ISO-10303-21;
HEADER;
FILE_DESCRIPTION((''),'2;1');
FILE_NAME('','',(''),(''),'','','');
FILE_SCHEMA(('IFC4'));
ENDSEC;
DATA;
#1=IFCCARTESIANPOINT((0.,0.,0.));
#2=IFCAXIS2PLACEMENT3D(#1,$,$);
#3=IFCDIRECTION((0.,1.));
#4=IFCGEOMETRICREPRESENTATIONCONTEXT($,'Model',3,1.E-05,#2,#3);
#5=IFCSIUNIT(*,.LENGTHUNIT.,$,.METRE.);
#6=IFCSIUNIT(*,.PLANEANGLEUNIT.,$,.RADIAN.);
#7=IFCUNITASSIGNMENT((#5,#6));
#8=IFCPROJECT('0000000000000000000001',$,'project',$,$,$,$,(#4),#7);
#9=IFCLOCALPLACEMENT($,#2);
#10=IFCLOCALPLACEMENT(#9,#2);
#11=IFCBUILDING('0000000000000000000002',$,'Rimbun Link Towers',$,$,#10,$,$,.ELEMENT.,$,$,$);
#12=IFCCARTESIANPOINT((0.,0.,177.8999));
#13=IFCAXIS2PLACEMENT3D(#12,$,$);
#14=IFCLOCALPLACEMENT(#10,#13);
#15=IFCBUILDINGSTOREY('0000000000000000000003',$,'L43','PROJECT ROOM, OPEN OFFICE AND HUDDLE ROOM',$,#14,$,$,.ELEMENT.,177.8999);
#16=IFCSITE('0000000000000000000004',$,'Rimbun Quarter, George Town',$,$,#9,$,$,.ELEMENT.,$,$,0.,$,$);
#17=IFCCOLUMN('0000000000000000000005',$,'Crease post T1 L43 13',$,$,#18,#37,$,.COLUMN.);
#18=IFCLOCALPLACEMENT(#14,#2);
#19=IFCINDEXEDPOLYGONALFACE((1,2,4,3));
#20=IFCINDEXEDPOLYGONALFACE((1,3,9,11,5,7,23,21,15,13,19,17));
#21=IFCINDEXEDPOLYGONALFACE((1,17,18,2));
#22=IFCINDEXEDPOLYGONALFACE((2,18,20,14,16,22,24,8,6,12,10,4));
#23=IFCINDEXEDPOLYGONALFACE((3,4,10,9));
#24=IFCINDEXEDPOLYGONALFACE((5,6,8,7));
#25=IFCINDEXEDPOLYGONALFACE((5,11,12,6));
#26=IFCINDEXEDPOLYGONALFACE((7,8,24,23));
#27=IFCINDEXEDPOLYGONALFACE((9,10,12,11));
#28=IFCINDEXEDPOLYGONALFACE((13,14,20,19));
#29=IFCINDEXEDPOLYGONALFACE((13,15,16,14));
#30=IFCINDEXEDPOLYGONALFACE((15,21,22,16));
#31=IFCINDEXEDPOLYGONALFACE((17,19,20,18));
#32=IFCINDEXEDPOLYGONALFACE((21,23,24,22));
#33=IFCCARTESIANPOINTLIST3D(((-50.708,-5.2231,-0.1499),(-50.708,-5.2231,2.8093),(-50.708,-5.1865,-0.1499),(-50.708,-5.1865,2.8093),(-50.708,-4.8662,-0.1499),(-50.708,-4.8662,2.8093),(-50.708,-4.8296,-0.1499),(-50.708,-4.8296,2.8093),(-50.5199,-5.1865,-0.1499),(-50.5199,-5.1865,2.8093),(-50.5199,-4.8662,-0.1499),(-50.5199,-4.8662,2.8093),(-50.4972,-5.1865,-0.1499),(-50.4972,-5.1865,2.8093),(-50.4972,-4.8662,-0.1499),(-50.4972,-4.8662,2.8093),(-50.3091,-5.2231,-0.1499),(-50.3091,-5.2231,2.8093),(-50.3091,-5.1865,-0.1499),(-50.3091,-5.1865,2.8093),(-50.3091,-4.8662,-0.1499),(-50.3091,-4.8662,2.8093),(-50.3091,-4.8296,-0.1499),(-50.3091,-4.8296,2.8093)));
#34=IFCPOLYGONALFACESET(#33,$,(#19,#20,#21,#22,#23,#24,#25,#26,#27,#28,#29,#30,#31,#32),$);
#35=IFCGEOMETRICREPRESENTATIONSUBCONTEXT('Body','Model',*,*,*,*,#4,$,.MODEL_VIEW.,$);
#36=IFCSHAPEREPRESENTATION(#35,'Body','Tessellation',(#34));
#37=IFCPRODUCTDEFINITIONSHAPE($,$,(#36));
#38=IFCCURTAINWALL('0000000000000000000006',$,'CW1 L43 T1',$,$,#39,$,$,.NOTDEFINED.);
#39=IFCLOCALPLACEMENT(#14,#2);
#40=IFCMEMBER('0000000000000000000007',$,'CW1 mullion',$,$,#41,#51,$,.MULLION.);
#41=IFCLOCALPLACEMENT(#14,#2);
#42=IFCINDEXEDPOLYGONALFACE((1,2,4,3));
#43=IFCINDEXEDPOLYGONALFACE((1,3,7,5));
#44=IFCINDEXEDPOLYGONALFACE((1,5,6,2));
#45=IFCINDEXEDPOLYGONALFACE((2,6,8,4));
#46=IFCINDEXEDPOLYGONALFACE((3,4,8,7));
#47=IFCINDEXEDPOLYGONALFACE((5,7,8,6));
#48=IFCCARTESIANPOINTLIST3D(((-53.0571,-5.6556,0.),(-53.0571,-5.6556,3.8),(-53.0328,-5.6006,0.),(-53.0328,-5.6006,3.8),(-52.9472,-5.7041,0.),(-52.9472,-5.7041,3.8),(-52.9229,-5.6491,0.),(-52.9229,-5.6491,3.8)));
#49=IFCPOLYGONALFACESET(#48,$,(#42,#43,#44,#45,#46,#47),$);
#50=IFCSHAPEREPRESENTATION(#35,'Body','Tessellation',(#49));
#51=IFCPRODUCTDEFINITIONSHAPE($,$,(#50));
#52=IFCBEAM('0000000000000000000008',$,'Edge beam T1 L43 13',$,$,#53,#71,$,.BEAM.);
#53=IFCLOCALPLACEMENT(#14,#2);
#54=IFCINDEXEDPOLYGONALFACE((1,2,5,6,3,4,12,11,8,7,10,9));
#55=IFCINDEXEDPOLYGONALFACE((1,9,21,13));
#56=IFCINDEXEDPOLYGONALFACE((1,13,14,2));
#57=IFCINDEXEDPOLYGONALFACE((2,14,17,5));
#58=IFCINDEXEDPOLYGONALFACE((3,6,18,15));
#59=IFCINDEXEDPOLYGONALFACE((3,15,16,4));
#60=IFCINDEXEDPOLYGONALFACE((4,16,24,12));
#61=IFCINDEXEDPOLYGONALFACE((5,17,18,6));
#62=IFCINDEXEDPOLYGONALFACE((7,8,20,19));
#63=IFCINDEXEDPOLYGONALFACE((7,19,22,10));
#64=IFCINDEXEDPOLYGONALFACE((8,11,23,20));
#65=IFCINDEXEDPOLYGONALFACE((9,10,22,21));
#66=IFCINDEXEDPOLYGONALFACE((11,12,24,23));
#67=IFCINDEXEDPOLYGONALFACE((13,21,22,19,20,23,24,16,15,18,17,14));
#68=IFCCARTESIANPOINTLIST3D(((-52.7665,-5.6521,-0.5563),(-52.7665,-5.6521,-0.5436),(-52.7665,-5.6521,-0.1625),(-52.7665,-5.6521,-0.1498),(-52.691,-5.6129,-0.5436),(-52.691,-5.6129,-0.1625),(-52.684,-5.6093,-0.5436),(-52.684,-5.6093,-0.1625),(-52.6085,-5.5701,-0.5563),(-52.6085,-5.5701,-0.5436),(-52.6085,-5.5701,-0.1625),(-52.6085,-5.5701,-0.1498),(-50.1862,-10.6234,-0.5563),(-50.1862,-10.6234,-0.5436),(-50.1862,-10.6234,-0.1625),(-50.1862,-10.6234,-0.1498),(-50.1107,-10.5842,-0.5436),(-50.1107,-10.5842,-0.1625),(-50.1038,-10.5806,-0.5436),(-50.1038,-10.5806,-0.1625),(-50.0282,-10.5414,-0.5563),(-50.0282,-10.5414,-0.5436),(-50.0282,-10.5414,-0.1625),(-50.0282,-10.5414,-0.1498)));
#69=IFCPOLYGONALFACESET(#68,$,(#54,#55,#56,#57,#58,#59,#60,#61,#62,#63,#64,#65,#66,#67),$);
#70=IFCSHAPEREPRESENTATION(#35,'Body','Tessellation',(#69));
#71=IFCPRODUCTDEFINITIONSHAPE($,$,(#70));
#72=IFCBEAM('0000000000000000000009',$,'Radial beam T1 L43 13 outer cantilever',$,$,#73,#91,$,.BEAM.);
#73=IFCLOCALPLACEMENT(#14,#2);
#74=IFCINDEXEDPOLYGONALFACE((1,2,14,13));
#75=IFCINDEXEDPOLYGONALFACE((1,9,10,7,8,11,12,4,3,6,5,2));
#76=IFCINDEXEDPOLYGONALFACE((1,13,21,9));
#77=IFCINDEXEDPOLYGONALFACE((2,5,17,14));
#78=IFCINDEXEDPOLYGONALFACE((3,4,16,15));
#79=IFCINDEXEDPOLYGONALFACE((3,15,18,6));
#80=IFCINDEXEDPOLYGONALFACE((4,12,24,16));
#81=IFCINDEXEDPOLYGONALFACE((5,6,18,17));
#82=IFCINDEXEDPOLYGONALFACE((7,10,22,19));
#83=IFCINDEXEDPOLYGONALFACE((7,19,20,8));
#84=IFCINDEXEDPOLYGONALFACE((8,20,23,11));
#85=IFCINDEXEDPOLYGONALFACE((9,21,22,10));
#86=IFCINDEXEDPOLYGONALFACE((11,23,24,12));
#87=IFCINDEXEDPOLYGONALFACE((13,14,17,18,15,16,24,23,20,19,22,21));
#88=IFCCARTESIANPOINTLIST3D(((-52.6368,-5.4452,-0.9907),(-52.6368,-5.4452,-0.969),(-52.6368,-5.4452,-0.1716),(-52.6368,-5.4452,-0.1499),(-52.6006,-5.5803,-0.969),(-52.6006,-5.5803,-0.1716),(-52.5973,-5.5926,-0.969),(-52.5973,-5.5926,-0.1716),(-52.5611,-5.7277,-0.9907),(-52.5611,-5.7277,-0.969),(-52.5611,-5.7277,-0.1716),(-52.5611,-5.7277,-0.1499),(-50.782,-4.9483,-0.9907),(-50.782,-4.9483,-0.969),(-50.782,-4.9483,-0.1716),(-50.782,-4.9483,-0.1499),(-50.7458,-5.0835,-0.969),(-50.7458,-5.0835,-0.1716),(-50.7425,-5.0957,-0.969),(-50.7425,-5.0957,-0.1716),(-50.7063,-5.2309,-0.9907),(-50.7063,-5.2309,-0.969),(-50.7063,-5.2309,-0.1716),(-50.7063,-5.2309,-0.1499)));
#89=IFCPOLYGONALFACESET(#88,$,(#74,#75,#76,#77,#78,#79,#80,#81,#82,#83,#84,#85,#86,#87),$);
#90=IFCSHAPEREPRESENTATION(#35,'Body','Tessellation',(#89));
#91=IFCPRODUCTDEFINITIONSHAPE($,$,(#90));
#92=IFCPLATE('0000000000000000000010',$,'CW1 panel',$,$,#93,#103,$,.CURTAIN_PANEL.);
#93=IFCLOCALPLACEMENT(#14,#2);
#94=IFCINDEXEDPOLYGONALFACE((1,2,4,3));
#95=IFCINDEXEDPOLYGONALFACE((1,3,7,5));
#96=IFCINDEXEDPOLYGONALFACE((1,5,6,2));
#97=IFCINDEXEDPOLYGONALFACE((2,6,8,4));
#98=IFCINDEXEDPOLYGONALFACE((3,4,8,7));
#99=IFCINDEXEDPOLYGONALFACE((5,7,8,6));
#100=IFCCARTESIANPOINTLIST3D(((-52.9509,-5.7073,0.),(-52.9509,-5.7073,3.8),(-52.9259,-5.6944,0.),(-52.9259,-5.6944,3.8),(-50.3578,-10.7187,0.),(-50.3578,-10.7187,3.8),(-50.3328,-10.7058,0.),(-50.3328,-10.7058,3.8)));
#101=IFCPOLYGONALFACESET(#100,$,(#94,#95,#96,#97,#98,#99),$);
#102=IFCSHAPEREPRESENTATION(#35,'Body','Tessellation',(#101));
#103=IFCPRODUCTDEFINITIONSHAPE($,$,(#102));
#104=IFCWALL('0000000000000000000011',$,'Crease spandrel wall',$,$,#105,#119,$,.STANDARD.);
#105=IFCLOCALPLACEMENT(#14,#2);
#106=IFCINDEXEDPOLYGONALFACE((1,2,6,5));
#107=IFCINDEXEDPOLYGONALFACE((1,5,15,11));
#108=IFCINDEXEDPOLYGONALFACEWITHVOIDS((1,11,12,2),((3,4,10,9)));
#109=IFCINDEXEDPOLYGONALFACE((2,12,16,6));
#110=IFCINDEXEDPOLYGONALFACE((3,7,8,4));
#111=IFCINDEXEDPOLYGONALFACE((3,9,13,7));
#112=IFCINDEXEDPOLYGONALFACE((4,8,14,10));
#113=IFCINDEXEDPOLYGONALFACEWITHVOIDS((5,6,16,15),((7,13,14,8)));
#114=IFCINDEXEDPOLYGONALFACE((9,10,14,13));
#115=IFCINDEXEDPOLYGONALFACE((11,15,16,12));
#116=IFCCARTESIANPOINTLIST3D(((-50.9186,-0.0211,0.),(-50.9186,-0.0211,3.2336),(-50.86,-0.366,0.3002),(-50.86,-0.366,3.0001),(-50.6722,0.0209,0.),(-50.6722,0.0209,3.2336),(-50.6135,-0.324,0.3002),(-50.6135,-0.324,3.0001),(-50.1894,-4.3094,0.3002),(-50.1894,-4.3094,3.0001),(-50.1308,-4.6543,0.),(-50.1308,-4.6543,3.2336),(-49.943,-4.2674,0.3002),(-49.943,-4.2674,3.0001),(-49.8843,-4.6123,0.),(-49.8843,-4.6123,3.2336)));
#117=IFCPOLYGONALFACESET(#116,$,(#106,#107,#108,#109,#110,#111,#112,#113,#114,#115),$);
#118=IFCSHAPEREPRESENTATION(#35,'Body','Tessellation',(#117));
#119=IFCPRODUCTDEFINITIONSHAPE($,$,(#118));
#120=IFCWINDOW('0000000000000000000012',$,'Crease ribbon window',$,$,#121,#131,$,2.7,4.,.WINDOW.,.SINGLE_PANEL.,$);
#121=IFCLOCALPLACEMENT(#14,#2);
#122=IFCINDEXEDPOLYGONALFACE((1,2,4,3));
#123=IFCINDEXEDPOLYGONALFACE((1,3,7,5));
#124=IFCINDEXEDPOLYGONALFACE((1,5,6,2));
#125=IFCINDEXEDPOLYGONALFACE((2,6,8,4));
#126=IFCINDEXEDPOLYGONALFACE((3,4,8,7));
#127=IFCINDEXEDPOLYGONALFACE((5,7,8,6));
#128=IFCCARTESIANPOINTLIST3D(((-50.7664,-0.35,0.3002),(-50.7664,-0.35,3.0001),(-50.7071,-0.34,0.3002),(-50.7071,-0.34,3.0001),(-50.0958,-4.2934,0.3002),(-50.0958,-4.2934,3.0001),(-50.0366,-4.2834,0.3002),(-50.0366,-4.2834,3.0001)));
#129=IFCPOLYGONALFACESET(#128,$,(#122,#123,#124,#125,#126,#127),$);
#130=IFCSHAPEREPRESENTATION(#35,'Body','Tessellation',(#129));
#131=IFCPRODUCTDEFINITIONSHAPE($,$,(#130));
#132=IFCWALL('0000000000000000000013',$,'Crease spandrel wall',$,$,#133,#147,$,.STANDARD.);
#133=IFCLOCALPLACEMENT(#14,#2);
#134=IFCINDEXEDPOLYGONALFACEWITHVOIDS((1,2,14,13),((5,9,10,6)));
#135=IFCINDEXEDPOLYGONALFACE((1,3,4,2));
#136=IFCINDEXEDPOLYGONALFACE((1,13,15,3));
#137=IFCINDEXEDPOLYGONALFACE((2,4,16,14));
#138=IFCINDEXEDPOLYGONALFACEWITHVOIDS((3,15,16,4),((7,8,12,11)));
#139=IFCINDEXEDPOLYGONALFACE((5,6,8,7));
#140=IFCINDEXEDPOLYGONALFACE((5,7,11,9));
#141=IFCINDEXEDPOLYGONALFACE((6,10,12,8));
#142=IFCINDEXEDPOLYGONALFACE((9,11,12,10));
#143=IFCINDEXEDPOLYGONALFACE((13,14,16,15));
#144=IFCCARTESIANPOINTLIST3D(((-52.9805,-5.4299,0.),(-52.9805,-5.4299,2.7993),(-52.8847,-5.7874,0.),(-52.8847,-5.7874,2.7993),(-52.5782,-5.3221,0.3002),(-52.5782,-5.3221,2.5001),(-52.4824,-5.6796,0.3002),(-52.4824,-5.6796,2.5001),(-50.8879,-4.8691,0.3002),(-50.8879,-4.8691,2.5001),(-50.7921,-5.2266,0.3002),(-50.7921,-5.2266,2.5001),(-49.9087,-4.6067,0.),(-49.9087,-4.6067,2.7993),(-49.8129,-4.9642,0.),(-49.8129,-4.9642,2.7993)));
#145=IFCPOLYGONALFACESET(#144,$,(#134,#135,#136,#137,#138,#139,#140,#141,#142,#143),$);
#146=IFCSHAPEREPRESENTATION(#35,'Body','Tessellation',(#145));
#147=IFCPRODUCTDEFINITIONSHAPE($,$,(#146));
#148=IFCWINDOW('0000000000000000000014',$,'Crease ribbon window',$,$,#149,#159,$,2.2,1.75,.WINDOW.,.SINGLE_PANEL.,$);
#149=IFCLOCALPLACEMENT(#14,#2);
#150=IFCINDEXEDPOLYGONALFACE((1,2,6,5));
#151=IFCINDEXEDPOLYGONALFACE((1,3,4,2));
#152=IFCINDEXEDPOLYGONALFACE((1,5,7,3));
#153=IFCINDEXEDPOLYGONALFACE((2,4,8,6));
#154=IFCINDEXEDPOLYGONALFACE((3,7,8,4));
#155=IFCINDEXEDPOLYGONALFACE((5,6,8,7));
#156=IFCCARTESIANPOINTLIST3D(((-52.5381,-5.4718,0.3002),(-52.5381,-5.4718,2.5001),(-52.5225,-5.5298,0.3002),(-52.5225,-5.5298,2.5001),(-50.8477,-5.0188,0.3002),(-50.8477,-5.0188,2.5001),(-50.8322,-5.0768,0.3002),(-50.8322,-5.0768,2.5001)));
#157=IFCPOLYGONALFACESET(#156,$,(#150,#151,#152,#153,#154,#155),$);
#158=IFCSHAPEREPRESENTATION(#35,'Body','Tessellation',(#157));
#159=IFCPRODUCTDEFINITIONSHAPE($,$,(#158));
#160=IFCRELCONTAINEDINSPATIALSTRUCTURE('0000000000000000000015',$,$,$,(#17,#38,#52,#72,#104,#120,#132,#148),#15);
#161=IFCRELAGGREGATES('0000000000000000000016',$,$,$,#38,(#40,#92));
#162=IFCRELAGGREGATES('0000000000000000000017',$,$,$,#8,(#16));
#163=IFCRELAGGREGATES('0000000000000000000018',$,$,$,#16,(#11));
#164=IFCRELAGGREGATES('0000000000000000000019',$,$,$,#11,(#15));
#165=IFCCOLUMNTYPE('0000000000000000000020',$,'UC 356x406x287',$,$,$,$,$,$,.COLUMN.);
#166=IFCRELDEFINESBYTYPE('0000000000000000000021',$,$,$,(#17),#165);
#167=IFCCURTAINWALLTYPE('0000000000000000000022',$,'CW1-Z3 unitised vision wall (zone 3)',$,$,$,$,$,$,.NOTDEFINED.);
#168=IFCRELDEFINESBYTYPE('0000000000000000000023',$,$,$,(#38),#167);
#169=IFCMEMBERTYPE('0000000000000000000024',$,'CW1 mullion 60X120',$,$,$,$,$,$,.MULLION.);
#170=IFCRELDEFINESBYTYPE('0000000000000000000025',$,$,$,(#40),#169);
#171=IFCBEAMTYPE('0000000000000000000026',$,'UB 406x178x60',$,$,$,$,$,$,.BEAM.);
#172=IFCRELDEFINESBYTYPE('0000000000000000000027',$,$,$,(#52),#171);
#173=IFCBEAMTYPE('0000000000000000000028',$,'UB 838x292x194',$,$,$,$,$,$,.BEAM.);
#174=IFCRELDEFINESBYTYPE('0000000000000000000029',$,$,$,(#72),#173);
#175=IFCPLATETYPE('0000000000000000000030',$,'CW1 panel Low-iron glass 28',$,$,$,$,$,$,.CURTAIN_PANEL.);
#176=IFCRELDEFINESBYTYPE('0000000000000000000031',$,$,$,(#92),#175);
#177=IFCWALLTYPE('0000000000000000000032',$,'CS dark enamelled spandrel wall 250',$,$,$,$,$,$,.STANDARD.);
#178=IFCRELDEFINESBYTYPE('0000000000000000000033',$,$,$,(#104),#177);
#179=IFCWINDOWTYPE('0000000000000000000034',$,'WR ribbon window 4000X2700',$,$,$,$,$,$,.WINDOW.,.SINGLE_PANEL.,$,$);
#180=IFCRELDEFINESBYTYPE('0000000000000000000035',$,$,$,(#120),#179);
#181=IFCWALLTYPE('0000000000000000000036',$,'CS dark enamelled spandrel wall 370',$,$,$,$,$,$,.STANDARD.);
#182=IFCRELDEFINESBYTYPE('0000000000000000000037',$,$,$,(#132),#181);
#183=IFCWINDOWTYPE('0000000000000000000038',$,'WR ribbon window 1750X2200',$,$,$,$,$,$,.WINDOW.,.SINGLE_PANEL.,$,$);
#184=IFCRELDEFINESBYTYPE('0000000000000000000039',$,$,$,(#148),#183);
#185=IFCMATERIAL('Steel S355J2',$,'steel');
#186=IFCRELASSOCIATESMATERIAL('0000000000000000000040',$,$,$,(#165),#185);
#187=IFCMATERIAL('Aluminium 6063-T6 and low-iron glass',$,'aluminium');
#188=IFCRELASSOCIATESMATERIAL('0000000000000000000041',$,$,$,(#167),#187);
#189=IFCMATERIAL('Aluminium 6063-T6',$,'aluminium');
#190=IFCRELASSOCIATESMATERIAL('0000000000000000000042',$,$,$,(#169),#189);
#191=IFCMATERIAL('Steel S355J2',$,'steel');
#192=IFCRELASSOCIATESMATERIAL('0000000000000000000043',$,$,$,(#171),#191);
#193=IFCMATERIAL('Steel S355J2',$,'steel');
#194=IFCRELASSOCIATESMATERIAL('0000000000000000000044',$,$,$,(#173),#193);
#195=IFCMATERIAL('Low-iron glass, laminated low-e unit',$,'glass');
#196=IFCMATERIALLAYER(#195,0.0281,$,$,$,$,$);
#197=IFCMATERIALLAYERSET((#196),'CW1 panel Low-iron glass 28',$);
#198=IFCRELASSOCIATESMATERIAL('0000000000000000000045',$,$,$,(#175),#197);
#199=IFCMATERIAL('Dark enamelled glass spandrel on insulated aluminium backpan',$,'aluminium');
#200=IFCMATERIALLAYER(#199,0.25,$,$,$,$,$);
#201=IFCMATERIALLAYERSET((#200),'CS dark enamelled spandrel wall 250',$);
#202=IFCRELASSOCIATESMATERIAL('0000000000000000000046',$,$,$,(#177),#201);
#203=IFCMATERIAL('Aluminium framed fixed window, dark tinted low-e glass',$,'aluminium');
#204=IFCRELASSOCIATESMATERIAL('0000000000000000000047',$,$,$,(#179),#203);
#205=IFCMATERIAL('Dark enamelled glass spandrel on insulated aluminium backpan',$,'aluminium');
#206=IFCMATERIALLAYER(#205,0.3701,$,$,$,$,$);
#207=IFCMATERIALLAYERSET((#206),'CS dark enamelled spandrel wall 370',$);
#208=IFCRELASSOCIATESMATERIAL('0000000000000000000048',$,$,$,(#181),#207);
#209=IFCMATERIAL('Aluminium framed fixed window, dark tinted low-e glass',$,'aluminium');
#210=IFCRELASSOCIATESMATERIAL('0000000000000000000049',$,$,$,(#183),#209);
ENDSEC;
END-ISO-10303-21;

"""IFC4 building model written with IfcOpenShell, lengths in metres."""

from ifc_helpers import new_model, si_unit, direction, frame, frame_2d, origin, origin_2d, place, context, subcontext, project, spatial, rectangle, i_section, extrude, material, layer, layer_set, material_profile, profile_set, type_object, element, fill, aggregate, save


model = new_model("IFC4")

# Units and contexts
model_context = context("Model", 3, precision=1e-05, world=origin(), true_north=direction((0.0, 1.0)))
body_context = subcontext(model_context, "Body", "Model", "MODEL_VIEW")
ifc_project = project(units=[si_unit("LENGTHUNIT", "METRE"), si_unit("PLANEANGLEUNIT", "RADIAN")], contexts=[model_context])

# Site, building, storey
site_placement = place(None, origin())
site = spatial("IfcSite", under=ifc_project, at=site_placement, Name="Rimbun Quarter, George Town", CompositionType="ELEMENT", RefElevation=0.0)
building_placement = place(site_placement, origin())
building = spatial("IfcBuilding", under=site, at=building_placement, Name="Rimbun Link Towers", CompositionType="ELEMENT")
storey_placement = place(building_placement, frame((0.0, 0.0, 177.8999)))
storey = spatial("IfcBuildingStorey", under=building, at=storey_placement, Name="L43", Description="PROJECT ROOM, OPEN OFFICE AND HUDDLE ROOM", CompositionType="ELEMENT", Elevation=177.8999)

# Column
ifc_material_1 = material(Name="Steel S355J2", Category="steel")
ifc_material_profile_1 = material_profile(ifc_material_1, i_section(OverallWidth=0.3989, OverallDepth=0.3936, WebThickness=0.0227, FlangeThickness=0.0366, at=origin_2d()), Name="UC 356x406x287")
ifc_profile_set_1 = profile_set([ifc_material_profile_1], Name="Steel S355J2")
column_type = type_object("IfcColumnType", Name="UC 356x406x287", PredefinedType="COLUMN", material=ifc_profile_set_1)
column_placement = place(storey_placement, frame((-50.5085, -5.0264, -0.1499), z_axis=(0.0, 0.0, 1.0), x_axis=(1.0, 0.0, 0.0)))
element("IfcColumn", 1, at=column_placement, inside=storey, type_object=column_type, Name="Crease post T1 L43 13", PredefinedType="COLUMN", context=body_context, shape_type="SweptSolid", body=[
    extrude(i_section(OverallWidth=0.3989, OverallDepth=0.3936, WebThickness=0.0227, FlangeThickness=0.0366, at=origin_2d()), origin(), (0.0, 0.0, 1.0), 2.9592),
])

# Curtain wall, member
ifc_material_2 = material(Name="Aluminium 6063-T6 and low-iron glass", Category="aluminium")
curtain_wall_type = type_object("IfcCurtainWallType", Name="CW1-Z3 unitised vision wall (zone 3)", PredefinedType="NOTDEFINED", material=ifc_material_2)
curtain_wall_placement = place(storey_placement, origin())
curtain_wall = element("IfcCurtainWall", 2, at=curtain_wall_placement, inside=storey, type_object=curtain_wall_type, Name="CW1 L43 T1", PredefinedType="NOTDEFINED")
ifc_material_3 = material(Name="Aluminium 6063-T6", Category="aluminium")
ifc_material_profile_2 = material_profile(ifc_material_3, rectangle(XDim=0.1201, YDim=0.0601, at=origin_2d()), Name="MULLION 60X120")
ifc_profile_set_2 = profile_set([ifc_material_profile_2], Name="Aluminium 6063-T6")
member_type = type_object("IfcMemberType", Name="CW1 mullion 60X120", PredefinedType="MULLION", material=ifc_profile_set_2)
member_placement = place(storey_placement, frame((-52.99, -5.6523, 0.0), z_axis=(0.0, 0.0, 1.0), x_axis=(-0.914812, 0.403879, 0.0)))
member = element("IfcMember", 3, at=member_placement, type_object=member_type, Name="CW1 mullion", PredefinedType="MULLION", context=body_context, shape_type="SweptSolid", body=[
    extrude(rectangle(XDim=0.1201, YDim=0.0601, at=origin_2d()), origin(), (0.0, 0.0, 1.0), 3.8),
])

# Beams
ifc_material_4 = material(Name="Steel S355J2", Category="steel")
ifc_material_profile_3 = material_profile(ifc_material_4, i_section(OverallWidth=0.178, OverallDepth=0.4065, WebThickness=0.0078, FlangeThickness=0.0127, at=origin_2d()), Name="UB 406x178x60")
ifc_profile_set_3 = profile_set([ifc_material_profile_3], Name="Steel S355J2")
beam_type_1 = type_object("IfcBeamType", Name="UB 406x178x60", PredefinedType="BEAM", material=ifc_profile_set_3)
beam_1_placement = place(storey_placement, frame((-52.6875, -5.6111, -0.353), z_axis=(0.460675, -0.887569, 0.0), x_axis=(0.887569, 0.460675, 0.0)))
element("IfcBeam", 4, at=beam_1_placement, inside=storey, type_object=beam_type_1, Name="Edge beam T1 L43 13", PredefinedType="BEAM", context=body_context, shape_type="SweptSolid", body=[
    extrude(i_section(OverallWidth=0.178, OverallDepth=0.4065, WebThickness=0.0078, FlangeThickness=0.0127, at=origin_2d()), origin(), (0.0, 0.0, 1.0), 5.6011),
])
ifc_material_5 = material(Name="Steel S355J2", Category="steel")
ifc_material_profile_4 = material_profile(ifc_material_5, i_section(OverallWidth=0.2925, OverallDepth=0.8408, WebThickness=0.0127, FlangeThickness=0.0217, at=origin_2d()), Name="UB 838x292x194")
ifc_profile_set_4 = profile_set([ifc_material_profile_4], Name="Steel S355J2")
beam_type_2 = type_object("IfcBeamType", Name="UB 838x292x194", PredefinedType="BEAM", material=ifc_profile_set_4)
beam_2_placement = place(storey_placement, frame((-50.7441, -5.0896, -0.5703), z_axis=(-0.965945, -0.258747, 0.0), x_axis=(0.258747, -0.965945, 0.0)))
element("IfcBeam", 5, at=beam_2_placement, inside=storey, type_object=beam_type_2, Name="Radial beam T1 L43 13 outer cantilever", PredefinedType="BEAM", context=body_context, shape_type="SweptSolid", body=[
    extrude(i_section(OverallWidth=0.2925, OverallDepth=0.8408, WebThickness=0.0127, FlangeThickness=0.0217, at=origin_2d()), origin(), (0.0, 0.0, 1.0), 1.9202),
])

# Plate
ifc_material_6 = material(Name="Low-iron glass, laminated low-e unit", Category="glass")
ifc_layer_1 = layer(ifc_material_6, 0.0281)
ifc_layer_set_1 = layer_set([ifc_layer_1], Name="CW1 panel Low-iron glass 28")
plate_type = type_object("IfcPlateType", Name="CW1 panel Low-iron glass 28", PredefinedType="CURTAIN_PANEL", material=ifc_layer_set_1)
plate_placement = place(storey_placement, frame((-51.6418, -8.2065, 0.0), z_axis=(0.0, 0.0, 1.0), x_axis=(-0.459559, 0.888147, 0.0)))
plate = element("IfcPlate", 6, at=plate_placement, type_object=plate_type, Name="CW1 panel", PredefinedType="CURTAIN_PANEL", context=body_context, shape_type="SweptSolid", body=[
    extrude(rectangle(XDim=5.6426, YDim=0.0281, at=origin_2d()), origin(), (0.0, 0.0, 1.0), 3.8),
])
aggregate(curtain_wall, [member, plate])

# Walls, openings, windows
ifc_material_7 = material(Name="Dark enamelled glass spandrel on insulated aluminium backpan", Category="aluminium")
ifc_layer_2 = layer(ifc_material_7, 0.25)
ifc_layer_set_2 = layer_set([ifc_layer_2], Name="CS dark enamelled spandrel wall 250")
wall_type_1 = type_object("IfcWallType", Name="CS dark enamelled spandrel wall 250", PredefinedType="STANDARD", material=ifc_layer_set_2)
wall_1_placement = place(storey_placement, frame((-50.0076, -4.6333, 0.0), z_axis=(0.0, 0.0, 1.0), x_axis=(-0.167633, 0.985849, 0.0)))
wall_1 = element("IfcWall", 7, at=wall_1_placement, inside=storey, type_object=wall_type_1, Name="Crease spandrel wall", PredefinedType="STANDARD", context=body_context, shape_type="SweptSolid", body=[
    extrude(rectangle(XDim=4.6997, YDim=0.25, at=frame_2d((2.3499, 0.0))), origin(), (0.0, 0.0, 1.0), 3.2336),
])
opening_1_placement = place(wall_1_placement, frame((0.3499, 0.0, 0.3)))
opening_1 = element("IfcOpeningElement", 8, at=opening_1_placement, cuts=wall_1, PredefinedType="OPENING", context=body_context, shape_type="SweptSolid", body=[
    extrude(rectangle(XDim=4.0, YDim=2.7, at=frame_2d((2.0, 1.3501))), frame((0.0, 0.135, 0.0), z_axis=(0.0, -1.0, 0.0), x_axis=(1.0, 0.0, 0.0)), (0.0, 0.0, 1.0), 0.27),
])
ifc_material_8 = material(Name="Aluminium framed fixed window, dark tinted low-e glass", Category="aluminium")
window_type_1 = type_object("IfcWindowType", Name="WR ribbon window 4000X2700", PartitioningType="SINGLE_PANEL", PredefinedType="WINDOW", material=ifc_material_8)
window_1_placement = place(opening_1_placement, origin())
window_1 = element("IfcWindow", 9, at=window_1_placement, inside=storey, type_object=window_type_1, Name="Crease ribbon window", OverallHeight=2.7, OverallWidth=4.0, PartitioningType="SINGLE_PANEL", PredefinedType="WINDOW", context=body_context, shape_type="SweptSolid", body=[
    extrude(rectangle(XDim=4.0, YDim=2.7, at=frame_2d((2.0, 1.3501))), frame((0.0, 0.03, 0.0), z_axis=(0.0, -1.0, 0.0), x_axis=(1.0, 0.0, 0.0)), (0.0, 0.0, 1.0), 0.0601),
])
fill(opening_1, window_1)
ifc_material_9 = material(Name="Dark enamelled glass spandrel on insulated aluminium backpan", Category="aluminium")
ifc_layer_3 = layer(ifc_material_9, 0.3701)
ifc_layer_set_3 = layer_set([ifc_layer_3], Name="CS dark enamelled spandrel wall 370")
wall_type_2 = type_object("IfcWallType", Name="CS dark enamelled spandrel wall 370", PredefinedType="STANDARD", material=ifc_layer_set_3)
wall_2_placement = place(storey_placement, frame((-52.9326, -5.6086, 0.0), z_axis=(0.0, 0.0, 1.0), x_axis=(0.965913, 0.258867, 0.0)))
wall_2 = element("IfcWall", 10, at=wall_2_placement, inside=storey, type_object=wall_type_2, Name="Crease spandrel wall", PredefinedType="STANDARD", context=body_context, shape_type="SweptSolid", body=[
    extrude(rectangle(XDim=3.1802, YDim=0.3701, at=frame_2d((1.5901, 0.0))), origin(), (0.0, 0.0, 1.0), 2.7993),
])
opening_2_placement = place(wall_2_placement, frame((0.4165, 0.0, 0.3)))
opening_2 = element("IfcOpeningElement", 11, at=opening_2_placement, cuts=wall_2, PredefinedType="OPENING", context=body_context, shape_type="SweptSolid", body=[
    extrude(rectangle(XDim=1.75, YDim=2.2, at=frame_2d((0.875, 1.1001))), frame((0.0, 0.1951, 0.0), z_axis=(0.0, -1.0, 0.0), x_axis=(1.0, 0.0, 0.0)), (0.0, 0.0, 1.0), 0.3901),
])
ifc_material_10 = material(Name="Aluminium framed fixed window, dark tinted low-e glass", Category="aluminium")
window_type_2 = type_object("IfcWindowType", Name="WR ribbon window 1750X2200", PartitioningType="SINGLE_PANEL", PredefinedType="WINDOW", material=ifc_material_10)
window_2_placement = place(opening_2_placement, origin())
window_2 = element("IfcWindow", 12, at=window_2_placement, inside=storey, type_object=window_type_2, Name="Crease ribbon window", OverallHeight=2.2, OverallWidth=1.75, PartitioningType="SINGLE_PANEL", PredefinedType="WINDOW", context=body_context, shape_type="SweptSolid", body=[
    extrude(rectangle(XDim=1.75, YDim=2.2, at=frame_2d((0.875, 1.1001))), frame((0.0, 0.03, 0.0), z_axis=(0.0, -1.0, 0.0), x_axis=(1.0, 0.0, 0.0)), (0.0, 0.0, 1.0), 0.0601),
])
fill(opening_2, window_2)

save(model, "model.ifc")
